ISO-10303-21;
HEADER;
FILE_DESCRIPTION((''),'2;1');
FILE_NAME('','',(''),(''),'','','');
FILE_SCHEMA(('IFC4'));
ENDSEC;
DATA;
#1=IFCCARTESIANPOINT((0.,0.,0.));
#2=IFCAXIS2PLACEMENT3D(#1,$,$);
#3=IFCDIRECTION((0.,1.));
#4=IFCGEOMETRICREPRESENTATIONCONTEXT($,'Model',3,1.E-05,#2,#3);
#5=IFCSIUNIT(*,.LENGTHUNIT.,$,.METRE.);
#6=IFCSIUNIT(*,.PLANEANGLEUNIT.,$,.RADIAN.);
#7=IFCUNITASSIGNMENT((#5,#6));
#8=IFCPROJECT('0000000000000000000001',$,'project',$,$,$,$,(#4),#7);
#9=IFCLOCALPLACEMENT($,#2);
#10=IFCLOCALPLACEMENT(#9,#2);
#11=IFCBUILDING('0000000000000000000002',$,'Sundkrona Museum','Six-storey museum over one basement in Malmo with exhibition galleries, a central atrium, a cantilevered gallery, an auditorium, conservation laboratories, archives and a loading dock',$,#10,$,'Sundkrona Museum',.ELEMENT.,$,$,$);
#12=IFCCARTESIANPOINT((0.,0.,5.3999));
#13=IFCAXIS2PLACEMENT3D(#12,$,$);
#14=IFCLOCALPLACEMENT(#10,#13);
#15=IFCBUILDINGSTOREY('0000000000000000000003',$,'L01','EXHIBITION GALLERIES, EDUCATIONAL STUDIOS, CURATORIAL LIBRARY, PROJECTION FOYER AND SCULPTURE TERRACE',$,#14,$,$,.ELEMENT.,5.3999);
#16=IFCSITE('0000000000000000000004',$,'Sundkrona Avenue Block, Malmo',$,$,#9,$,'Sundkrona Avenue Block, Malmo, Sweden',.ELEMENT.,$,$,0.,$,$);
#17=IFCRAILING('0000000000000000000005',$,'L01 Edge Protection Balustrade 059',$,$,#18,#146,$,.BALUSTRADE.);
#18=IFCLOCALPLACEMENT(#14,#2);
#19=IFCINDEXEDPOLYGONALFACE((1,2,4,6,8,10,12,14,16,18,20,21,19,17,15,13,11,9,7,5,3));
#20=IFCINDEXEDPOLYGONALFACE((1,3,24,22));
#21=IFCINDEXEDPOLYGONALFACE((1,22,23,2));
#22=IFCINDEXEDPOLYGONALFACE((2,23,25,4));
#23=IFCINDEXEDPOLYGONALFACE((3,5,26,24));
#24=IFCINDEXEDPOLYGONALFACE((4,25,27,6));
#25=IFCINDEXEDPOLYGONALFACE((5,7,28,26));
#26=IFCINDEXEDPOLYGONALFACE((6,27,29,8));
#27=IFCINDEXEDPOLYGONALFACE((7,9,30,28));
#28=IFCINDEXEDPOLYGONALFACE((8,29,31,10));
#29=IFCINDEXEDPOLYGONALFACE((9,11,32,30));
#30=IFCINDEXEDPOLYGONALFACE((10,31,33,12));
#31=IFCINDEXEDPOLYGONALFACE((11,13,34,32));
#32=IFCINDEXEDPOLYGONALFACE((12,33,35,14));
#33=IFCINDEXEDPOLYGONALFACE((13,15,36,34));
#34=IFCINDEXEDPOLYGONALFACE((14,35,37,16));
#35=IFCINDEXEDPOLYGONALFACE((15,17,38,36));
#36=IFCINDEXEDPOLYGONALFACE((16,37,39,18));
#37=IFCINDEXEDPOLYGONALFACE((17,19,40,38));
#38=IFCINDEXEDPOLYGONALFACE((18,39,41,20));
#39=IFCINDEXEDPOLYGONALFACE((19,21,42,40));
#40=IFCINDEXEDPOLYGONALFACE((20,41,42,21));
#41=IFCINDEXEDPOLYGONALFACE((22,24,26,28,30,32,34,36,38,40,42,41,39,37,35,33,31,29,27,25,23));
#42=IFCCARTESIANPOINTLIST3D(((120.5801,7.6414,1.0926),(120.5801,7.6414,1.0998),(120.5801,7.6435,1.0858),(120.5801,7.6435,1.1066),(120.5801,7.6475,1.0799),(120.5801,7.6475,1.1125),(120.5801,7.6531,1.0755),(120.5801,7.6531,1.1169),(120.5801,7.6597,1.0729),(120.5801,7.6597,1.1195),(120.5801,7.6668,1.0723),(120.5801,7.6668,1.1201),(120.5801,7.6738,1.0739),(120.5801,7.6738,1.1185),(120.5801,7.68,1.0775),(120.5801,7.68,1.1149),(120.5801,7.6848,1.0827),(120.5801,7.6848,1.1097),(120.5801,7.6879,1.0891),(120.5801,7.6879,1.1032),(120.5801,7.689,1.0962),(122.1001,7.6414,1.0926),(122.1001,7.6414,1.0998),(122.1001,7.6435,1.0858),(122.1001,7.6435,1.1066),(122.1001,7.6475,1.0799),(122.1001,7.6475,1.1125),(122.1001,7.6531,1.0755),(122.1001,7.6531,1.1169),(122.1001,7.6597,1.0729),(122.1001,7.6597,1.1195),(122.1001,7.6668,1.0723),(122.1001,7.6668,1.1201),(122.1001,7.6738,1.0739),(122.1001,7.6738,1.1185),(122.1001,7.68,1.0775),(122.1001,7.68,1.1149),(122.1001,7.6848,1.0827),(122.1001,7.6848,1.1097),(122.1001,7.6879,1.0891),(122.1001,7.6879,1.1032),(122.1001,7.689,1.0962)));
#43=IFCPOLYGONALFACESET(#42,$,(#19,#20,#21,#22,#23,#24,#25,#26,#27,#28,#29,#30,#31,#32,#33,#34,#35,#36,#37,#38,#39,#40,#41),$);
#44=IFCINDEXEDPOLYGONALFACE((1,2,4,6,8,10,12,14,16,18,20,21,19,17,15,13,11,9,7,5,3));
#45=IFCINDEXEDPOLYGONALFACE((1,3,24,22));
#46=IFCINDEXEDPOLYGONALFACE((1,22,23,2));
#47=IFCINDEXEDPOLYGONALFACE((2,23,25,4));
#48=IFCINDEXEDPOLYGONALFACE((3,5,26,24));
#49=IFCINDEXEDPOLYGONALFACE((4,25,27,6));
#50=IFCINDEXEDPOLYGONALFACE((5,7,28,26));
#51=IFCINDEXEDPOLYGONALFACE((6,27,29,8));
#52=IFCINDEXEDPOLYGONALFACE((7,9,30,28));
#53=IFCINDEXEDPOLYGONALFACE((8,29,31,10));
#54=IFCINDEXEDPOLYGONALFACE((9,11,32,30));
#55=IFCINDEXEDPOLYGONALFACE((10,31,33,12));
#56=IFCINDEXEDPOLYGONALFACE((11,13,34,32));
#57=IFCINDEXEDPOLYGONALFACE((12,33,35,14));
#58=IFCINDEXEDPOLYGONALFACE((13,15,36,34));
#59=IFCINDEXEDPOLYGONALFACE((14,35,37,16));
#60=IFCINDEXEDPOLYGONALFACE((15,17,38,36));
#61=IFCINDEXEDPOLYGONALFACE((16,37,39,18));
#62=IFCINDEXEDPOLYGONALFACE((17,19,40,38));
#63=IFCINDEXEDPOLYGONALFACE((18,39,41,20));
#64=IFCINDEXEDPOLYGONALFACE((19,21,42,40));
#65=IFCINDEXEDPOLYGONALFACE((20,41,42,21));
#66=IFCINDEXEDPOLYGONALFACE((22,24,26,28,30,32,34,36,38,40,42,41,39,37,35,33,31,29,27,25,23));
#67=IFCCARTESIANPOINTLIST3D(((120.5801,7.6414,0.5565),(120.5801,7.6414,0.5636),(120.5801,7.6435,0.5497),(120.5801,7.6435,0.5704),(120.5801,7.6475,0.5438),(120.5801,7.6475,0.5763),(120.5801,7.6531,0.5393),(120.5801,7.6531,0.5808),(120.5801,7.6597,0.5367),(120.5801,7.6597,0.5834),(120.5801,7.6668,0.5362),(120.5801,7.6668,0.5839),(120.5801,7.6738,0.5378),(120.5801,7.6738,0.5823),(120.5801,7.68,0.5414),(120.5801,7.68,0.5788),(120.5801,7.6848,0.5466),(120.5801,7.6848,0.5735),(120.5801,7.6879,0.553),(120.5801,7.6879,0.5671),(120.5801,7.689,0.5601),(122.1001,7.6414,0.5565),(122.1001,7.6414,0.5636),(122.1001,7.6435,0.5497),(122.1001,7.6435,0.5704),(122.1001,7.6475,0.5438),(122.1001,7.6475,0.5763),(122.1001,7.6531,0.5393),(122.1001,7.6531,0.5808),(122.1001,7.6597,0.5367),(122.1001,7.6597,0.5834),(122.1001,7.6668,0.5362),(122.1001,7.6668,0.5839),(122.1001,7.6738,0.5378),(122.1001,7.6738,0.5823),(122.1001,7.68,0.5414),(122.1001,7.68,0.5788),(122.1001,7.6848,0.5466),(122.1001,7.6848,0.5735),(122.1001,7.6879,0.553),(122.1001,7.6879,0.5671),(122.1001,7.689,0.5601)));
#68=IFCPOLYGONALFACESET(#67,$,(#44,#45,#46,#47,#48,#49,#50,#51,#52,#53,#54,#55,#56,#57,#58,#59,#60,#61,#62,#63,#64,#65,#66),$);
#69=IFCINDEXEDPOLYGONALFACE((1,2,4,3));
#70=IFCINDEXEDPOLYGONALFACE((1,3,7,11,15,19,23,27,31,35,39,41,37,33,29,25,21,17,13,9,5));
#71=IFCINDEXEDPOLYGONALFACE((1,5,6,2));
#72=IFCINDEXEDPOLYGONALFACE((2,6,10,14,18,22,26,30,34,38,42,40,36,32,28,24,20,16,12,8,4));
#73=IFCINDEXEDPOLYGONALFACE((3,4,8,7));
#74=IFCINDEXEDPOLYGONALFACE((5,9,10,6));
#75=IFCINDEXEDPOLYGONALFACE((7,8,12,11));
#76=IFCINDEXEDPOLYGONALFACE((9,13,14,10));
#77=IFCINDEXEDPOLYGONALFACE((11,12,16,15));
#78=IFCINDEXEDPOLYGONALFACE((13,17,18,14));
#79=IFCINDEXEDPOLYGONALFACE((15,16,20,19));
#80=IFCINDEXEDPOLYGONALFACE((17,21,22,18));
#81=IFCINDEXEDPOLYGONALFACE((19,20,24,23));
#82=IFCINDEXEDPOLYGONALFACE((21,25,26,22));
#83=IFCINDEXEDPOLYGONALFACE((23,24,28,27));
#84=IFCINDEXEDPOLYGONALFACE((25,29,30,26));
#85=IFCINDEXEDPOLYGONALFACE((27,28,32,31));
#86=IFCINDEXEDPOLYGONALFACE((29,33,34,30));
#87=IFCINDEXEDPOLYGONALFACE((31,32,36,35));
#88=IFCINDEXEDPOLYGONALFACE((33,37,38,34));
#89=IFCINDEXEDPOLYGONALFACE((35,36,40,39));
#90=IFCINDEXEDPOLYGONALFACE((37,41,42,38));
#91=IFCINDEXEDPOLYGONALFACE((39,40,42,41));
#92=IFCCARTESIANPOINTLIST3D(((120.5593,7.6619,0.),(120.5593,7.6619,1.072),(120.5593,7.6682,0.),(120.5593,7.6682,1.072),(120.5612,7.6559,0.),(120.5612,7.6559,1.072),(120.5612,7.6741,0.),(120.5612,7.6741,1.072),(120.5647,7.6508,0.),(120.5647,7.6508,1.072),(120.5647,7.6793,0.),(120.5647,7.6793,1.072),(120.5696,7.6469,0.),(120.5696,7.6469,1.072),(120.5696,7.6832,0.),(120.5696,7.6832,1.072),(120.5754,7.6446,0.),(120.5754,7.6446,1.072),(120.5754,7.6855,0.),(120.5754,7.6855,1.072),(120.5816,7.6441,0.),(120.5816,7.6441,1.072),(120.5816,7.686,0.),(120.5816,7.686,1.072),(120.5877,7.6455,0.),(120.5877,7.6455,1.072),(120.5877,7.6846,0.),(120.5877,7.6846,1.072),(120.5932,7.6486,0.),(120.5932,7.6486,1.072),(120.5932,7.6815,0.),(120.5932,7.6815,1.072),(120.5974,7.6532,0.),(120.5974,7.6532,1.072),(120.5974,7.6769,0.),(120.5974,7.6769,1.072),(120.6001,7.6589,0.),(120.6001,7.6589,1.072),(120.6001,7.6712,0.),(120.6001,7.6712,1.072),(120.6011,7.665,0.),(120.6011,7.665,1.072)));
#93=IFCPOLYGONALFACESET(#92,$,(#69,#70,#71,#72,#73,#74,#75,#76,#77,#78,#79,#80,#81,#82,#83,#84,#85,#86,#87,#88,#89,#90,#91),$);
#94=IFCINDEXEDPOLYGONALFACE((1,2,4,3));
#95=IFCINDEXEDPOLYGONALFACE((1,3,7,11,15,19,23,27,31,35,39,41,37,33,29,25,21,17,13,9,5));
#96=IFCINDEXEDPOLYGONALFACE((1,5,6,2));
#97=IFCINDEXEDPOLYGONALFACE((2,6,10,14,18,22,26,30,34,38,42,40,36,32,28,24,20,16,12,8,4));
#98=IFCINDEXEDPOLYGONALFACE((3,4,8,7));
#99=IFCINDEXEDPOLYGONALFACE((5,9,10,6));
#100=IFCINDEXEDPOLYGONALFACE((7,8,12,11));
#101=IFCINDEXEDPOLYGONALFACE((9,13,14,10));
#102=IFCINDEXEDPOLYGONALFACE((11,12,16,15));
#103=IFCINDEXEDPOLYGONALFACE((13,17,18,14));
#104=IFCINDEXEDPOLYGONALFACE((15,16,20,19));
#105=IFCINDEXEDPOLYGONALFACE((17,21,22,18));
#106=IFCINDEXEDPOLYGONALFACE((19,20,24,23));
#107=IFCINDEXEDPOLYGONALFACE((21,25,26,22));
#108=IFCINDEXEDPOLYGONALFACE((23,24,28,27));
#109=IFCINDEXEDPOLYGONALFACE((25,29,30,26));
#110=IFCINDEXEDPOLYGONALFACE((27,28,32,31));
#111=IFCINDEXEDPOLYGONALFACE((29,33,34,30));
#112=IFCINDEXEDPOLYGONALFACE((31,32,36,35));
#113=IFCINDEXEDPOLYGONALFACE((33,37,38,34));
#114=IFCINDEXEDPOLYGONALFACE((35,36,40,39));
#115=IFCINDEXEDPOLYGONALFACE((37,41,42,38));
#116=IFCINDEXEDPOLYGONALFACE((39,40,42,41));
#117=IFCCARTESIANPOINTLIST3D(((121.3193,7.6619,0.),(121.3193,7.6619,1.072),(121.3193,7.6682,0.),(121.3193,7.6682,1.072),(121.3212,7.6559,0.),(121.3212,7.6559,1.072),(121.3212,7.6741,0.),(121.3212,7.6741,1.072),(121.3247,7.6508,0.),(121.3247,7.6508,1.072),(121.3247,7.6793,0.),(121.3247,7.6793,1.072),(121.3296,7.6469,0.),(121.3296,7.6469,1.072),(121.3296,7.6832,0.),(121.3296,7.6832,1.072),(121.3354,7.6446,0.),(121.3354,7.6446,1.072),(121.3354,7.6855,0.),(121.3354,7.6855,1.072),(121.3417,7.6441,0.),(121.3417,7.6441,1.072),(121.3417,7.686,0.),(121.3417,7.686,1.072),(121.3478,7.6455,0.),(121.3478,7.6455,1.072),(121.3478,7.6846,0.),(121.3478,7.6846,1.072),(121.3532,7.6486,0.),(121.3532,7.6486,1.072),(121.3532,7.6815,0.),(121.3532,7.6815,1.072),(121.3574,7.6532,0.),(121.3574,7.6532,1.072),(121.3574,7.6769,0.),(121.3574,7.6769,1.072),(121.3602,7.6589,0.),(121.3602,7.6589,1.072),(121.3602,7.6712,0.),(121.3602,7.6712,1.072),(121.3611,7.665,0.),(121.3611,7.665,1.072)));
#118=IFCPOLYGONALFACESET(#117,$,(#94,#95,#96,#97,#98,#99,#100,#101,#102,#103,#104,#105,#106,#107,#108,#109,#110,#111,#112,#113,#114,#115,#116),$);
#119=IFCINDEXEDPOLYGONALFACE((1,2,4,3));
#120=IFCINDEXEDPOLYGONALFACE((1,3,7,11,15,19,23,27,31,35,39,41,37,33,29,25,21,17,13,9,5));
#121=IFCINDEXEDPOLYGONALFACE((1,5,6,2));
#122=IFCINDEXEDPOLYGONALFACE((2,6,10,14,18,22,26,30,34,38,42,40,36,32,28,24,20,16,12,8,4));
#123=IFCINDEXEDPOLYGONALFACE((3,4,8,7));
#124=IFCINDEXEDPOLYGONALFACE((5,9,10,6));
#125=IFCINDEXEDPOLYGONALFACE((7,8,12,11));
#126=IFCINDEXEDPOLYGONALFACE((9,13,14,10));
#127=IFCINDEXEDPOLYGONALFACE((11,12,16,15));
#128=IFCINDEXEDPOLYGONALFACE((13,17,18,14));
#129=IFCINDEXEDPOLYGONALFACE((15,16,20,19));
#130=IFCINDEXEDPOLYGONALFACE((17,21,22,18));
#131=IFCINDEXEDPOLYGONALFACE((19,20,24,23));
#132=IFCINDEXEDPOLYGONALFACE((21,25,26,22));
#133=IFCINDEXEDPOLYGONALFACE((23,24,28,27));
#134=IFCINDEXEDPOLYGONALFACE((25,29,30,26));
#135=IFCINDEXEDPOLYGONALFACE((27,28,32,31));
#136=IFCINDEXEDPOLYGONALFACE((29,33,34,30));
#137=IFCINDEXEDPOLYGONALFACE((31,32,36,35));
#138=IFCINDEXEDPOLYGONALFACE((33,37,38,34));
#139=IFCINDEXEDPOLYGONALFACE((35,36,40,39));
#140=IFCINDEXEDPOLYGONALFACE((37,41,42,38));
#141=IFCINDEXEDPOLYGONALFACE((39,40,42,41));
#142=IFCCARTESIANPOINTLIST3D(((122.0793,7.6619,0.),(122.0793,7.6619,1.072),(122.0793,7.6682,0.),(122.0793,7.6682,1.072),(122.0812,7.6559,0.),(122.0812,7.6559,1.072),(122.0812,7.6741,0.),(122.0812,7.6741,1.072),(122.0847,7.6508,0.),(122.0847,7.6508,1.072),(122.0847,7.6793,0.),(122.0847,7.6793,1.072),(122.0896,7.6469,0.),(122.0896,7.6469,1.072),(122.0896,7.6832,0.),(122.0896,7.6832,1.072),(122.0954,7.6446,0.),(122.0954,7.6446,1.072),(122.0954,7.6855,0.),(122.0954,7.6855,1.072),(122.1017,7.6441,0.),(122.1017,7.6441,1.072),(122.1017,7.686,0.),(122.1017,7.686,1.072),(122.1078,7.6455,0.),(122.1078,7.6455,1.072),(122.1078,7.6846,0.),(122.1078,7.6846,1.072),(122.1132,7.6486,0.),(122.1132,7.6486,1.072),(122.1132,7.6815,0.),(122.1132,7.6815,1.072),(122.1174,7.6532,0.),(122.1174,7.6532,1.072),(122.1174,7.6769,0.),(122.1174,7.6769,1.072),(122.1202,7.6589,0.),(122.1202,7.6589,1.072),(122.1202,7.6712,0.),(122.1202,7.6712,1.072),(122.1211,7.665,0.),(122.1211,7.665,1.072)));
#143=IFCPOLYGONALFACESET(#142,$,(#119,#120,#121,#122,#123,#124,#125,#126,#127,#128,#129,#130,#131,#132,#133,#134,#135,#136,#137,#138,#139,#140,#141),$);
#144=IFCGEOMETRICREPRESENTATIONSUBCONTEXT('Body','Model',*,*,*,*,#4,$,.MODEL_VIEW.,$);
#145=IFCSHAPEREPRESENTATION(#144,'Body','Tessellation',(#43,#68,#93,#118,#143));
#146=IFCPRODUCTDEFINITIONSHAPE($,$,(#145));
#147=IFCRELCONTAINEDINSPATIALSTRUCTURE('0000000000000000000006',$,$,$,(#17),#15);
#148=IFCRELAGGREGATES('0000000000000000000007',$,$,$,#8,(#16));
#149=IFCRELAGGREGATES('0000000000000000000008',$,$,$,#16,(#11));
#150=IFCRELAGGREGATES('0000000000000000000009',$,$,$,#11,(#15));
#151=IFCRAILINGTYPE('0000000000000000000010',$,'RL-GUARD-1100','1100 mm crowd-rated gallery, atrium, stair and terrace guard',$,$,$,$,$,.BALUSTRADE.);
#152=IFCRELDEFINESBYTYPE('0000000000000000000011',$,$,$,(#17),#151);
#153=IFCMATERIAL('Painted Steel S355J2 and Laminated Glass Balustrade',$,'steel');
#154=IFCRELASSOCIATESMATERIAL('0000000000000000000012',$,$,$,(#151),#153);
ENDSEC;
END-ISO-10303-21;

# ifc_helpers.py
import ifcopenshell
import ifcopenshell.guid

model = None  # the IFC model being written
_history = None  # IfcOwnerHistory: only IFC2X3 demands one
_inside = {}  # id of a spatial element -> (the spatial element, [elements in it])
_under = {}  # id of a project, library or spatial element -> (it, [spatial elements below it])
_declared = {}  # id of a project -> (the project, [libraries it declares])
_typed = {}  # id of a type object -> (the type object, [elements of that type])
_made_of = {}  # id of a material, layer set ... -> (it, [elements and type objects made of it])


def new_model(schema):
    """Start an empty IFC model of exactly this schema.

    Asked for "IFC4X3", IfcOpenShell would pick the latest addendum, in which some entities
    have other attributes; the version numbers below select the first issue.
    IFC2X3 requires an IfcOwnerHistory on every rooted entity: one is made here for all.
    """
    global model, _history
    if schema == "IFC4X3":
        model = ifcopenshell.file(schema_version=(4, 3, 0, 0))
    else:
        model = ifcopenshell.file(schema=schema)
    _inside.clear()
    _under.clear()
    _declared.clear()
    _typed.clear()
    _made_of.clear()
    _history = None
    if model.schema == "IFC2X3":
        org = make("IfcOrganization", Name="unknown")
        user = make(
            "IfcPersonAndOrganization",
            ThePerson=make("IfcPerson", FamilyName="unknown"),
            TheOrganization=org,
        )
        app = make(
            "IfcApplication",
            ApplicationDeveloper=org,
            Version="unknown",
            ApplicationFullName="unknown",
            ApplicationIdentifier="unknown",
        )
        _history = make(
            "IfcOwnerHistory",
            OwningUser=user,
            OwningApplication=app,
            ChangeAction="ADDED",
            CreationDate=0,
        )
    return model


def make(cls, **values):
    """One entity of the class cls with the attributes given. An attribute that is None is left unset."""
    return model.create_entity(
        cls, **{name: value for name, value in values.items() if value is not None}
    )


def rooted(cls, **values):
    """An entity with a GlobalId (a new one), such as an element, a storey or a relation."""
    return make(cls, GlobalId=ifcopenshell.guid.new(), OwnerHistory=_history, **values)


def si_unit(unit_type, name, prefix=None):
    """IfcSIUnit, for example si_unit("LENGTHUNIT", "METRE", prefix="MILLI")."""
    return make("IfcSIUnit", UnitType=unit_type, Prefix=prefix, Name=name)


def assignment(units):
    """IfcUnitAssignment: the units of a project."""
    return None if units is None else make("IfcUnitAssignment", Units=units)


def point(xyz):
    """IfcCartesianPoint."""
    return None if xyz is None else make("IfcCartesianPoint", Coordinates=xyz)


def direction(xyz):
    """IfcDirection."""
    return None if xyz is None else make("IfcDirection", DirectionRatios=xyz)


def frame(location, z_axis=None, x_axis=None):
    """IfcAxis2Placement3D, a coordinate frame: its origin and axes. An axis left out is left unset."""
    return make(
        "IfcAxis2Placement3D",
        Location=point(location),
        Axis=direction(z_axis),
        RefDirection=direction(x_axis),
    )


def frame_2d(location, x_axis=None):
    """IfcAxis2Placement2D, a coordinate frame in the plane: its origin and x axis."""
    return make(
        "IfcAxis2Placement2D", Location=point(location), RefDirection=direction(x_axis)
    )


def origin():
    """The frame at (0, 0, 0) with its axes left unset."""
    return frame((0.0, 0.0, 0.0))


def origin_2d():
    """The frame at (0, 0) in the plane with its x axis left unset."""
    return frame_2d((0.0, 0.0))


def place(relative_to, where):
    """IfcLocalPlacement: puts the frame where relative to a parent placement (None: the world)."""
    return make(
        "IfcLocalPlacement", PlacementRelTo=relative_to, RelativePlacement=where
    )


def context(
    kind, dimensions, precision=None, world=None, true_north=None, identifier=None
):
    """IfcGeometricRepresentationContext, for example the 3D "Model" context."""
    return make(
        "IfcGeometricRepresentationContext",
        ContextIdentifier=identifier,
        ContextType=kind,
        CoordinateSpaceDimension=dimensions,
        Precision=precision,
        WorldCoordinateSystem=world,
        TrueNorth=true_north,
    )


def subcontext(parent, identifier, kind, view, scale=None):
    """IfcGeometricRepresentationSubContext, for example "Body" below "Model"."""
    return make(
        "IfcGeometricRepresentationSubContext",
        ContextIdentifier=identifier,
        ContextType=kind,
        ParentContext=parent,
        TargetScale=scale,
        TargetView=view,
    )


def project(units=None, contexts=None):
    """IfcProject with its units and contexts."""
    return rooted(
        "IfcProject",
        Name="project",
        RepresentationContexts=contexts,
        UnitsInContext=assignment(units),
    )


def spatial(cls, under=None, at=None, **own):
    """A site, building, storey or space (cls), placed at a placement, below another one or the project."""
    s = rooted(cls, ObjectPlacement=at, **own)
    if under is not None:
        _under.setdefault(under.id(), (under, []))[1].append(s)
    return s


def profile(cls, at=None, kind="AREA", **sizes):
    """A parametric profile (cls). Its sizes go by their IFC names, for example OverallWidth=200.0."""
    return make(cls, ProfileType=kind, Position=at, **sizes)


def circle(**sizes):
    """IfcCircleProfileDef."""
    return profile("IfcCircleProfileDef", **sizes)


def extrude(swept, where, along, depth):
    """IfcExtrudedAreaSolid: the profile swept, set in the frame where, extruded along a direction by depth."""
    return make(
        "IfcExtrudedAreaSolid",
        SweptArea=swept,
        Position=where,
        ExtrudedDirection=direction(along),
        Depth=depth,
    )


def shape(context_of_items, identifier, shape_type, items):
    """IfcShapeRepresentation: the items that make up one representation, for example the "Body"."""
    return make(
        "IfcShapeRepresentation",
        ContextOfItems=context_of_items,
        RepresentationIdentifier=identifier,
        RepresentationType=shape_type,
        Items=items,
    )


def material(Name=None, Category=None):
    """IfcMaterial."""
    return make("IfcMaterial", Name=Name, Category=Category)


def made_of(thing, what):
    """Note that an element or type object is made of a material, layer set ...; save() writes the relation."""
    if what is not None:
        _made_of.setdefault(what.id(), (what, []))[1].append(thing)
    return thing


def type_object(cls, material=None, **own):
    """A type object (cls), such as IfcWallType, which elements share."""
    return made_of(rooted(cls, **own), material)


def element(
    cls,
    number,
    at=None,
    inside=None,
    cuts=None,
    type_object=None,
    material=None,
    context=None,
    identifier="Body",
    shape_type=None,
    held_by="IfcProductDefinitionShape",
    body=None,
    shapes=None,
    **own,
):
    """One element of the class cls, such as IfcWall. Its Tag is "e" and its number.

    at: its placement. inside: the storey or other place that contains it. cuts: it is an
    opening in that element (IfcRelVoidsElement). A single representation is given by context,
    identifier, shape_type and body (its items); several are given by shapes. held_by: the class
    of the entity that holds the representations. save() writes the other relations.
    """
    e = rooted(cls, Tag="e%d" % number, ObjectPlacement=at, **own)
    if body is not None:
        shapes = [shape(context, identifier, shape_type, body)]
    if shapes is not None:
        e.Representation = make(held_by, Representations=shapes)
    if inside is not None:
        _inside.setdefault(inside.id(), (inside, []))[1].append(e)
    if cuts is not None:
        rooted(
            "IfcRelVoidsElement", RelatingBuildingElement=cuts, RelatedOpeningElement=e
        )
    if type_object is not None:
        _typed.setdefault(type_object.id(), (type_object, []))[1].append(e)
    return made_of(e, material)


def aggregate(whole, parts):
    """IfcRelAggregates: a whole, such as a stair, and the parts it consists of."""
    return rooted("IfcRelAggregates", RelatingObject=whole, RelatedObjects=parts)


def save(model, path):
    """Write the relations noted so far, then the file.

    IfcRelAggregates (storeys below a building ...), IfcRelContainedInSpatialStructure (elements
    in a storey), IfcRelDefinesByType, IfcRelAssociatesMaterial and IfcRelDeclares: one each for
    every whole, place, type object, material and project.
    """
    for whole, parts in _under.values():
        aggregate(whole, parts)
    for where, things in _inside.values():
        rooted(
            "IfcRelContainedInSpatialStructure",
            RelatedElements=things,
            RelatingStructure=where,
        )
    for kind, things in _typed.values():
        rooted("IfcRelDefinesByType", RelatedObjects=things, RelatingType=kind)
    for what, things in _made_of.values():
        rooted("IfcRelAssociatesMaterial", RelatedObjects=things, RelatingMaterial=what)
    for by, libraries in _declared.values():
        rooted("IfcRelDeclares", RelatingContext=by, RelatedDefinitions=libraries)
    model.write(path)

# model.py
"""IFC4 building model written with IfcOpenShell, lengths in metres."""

from ifc_helpers import new_model, si_unit, direction, frame, origin, origin_2d, place, context, subcontext, project, spatial, circle, extrude, material, type_object, element, save


model = new_model("IFC4")

# Units and contexts
model_context = context("Model", 3, precision=1e-05, world=origin(), true_north=direction((0.0, 1.0)))
body_context = subcontext(model_context, "Body", "Model", "MODEL_VIEW")
ifc_project = project(units=[si_unit("LENGTHUNIT", "METRE"), si_unit("PLANEANGLEUNIT", "RADIAN")], contexts=[model_context])

# Site, building, storey
site_placement = place(None, origin())
site = spatial("IfcSite", under=ifc_project, at=site_placement, Name="Sundkrona Avenue Block, Malmo", LongName="Sundkrona Avenue Block, Malmo, Sweden", CompositionType="ELEMENT", RefElevation=0.0)
building_placement = place(site_placement, origin())
building = spatial("IfcBuilding", under=site, at=building_placement, Name="Sundkrona Museum", Description="Six-storey museum over one basement in Malmo with exhibition galleries, a central atrium, a cantilevered gallery, an auditorium, conservation laboratories, archives and a loading dock", LongName="Sundkrona Museum", CompositionType="ELEMENT")
storey_placement = place(building_placement, frame((0.0, 0.0, 5.3999)))
storey = spatial("IfcBuildingStorey", under=building, at=storey_placement, Name="L01", Description="EXHIBITION GALLERIES, EDUCATIONAL STUDIOS, CURATORIAL LIBRARY, PROJECTION FOYER AND SCULPTURE TERRACE", CompositionType="ELEMENT", Elevation=5.3999)

# Railing
ifc_material_1 = material(Name="Painted Steel S355J2 and Laminated Glass Balustrade", Category="steel")
railing_type_1 = type_object("IfcRailingType", Name="RL-GUARD-1100", Description="1100 mm crowd-rated gallery, atrium, stair and terrace guard", PredefinedType="BALUSTRADE", material=ifc_material_1)
for number, where, name in (
    (1, (120.5801, 7.665, 0.0), "L01 Edge Protection Balustrade 059"),
):
    element("IfcRailing", number, at=place(storey_placement, frame(where)), inside=storey, type_object=railing_type_1, Name=name, PredefinedType="BALUSTRADE", context=body_context, shape_type="SweptSolid", body=[
        extrude(circle(Radius=0.0239, at=origin_2d()), frame((0.0, 0.0, 1.0962), z_axis=(1.0, 0.0, 0.0), x_axis=(0.0, 1.0, 0.0)), (0.0, 0.0, 1.0), 1.52),
        extrude(circle(Radius=0.0239, at=origin_2d()), frame((0.0, 0.0, 0.5601), z_axis=(1.0, 0.0, 0.0), x_axis=(0.0, 1.0, 0.0)), (0.0, 0.0, 1.0), 1.52),
        extrude(circle(Radius=0.021, at=origin_2d()), origin(), (0.0, 0.0, 1.0), 1.072),
        extrude(circle(Radius=0.021, at=origin_2d()), frame((0.76, 0.0, 0.0)), (0.0, 0.0, 1.0), 1.072),
        extrude(circle(Radius=0.021, at=origin_2d()), frame((1.52, 0.0, 0.0)), (0.0, 0.0, 1.0), 1.072),
    ])

save(model, "model.ifc")
